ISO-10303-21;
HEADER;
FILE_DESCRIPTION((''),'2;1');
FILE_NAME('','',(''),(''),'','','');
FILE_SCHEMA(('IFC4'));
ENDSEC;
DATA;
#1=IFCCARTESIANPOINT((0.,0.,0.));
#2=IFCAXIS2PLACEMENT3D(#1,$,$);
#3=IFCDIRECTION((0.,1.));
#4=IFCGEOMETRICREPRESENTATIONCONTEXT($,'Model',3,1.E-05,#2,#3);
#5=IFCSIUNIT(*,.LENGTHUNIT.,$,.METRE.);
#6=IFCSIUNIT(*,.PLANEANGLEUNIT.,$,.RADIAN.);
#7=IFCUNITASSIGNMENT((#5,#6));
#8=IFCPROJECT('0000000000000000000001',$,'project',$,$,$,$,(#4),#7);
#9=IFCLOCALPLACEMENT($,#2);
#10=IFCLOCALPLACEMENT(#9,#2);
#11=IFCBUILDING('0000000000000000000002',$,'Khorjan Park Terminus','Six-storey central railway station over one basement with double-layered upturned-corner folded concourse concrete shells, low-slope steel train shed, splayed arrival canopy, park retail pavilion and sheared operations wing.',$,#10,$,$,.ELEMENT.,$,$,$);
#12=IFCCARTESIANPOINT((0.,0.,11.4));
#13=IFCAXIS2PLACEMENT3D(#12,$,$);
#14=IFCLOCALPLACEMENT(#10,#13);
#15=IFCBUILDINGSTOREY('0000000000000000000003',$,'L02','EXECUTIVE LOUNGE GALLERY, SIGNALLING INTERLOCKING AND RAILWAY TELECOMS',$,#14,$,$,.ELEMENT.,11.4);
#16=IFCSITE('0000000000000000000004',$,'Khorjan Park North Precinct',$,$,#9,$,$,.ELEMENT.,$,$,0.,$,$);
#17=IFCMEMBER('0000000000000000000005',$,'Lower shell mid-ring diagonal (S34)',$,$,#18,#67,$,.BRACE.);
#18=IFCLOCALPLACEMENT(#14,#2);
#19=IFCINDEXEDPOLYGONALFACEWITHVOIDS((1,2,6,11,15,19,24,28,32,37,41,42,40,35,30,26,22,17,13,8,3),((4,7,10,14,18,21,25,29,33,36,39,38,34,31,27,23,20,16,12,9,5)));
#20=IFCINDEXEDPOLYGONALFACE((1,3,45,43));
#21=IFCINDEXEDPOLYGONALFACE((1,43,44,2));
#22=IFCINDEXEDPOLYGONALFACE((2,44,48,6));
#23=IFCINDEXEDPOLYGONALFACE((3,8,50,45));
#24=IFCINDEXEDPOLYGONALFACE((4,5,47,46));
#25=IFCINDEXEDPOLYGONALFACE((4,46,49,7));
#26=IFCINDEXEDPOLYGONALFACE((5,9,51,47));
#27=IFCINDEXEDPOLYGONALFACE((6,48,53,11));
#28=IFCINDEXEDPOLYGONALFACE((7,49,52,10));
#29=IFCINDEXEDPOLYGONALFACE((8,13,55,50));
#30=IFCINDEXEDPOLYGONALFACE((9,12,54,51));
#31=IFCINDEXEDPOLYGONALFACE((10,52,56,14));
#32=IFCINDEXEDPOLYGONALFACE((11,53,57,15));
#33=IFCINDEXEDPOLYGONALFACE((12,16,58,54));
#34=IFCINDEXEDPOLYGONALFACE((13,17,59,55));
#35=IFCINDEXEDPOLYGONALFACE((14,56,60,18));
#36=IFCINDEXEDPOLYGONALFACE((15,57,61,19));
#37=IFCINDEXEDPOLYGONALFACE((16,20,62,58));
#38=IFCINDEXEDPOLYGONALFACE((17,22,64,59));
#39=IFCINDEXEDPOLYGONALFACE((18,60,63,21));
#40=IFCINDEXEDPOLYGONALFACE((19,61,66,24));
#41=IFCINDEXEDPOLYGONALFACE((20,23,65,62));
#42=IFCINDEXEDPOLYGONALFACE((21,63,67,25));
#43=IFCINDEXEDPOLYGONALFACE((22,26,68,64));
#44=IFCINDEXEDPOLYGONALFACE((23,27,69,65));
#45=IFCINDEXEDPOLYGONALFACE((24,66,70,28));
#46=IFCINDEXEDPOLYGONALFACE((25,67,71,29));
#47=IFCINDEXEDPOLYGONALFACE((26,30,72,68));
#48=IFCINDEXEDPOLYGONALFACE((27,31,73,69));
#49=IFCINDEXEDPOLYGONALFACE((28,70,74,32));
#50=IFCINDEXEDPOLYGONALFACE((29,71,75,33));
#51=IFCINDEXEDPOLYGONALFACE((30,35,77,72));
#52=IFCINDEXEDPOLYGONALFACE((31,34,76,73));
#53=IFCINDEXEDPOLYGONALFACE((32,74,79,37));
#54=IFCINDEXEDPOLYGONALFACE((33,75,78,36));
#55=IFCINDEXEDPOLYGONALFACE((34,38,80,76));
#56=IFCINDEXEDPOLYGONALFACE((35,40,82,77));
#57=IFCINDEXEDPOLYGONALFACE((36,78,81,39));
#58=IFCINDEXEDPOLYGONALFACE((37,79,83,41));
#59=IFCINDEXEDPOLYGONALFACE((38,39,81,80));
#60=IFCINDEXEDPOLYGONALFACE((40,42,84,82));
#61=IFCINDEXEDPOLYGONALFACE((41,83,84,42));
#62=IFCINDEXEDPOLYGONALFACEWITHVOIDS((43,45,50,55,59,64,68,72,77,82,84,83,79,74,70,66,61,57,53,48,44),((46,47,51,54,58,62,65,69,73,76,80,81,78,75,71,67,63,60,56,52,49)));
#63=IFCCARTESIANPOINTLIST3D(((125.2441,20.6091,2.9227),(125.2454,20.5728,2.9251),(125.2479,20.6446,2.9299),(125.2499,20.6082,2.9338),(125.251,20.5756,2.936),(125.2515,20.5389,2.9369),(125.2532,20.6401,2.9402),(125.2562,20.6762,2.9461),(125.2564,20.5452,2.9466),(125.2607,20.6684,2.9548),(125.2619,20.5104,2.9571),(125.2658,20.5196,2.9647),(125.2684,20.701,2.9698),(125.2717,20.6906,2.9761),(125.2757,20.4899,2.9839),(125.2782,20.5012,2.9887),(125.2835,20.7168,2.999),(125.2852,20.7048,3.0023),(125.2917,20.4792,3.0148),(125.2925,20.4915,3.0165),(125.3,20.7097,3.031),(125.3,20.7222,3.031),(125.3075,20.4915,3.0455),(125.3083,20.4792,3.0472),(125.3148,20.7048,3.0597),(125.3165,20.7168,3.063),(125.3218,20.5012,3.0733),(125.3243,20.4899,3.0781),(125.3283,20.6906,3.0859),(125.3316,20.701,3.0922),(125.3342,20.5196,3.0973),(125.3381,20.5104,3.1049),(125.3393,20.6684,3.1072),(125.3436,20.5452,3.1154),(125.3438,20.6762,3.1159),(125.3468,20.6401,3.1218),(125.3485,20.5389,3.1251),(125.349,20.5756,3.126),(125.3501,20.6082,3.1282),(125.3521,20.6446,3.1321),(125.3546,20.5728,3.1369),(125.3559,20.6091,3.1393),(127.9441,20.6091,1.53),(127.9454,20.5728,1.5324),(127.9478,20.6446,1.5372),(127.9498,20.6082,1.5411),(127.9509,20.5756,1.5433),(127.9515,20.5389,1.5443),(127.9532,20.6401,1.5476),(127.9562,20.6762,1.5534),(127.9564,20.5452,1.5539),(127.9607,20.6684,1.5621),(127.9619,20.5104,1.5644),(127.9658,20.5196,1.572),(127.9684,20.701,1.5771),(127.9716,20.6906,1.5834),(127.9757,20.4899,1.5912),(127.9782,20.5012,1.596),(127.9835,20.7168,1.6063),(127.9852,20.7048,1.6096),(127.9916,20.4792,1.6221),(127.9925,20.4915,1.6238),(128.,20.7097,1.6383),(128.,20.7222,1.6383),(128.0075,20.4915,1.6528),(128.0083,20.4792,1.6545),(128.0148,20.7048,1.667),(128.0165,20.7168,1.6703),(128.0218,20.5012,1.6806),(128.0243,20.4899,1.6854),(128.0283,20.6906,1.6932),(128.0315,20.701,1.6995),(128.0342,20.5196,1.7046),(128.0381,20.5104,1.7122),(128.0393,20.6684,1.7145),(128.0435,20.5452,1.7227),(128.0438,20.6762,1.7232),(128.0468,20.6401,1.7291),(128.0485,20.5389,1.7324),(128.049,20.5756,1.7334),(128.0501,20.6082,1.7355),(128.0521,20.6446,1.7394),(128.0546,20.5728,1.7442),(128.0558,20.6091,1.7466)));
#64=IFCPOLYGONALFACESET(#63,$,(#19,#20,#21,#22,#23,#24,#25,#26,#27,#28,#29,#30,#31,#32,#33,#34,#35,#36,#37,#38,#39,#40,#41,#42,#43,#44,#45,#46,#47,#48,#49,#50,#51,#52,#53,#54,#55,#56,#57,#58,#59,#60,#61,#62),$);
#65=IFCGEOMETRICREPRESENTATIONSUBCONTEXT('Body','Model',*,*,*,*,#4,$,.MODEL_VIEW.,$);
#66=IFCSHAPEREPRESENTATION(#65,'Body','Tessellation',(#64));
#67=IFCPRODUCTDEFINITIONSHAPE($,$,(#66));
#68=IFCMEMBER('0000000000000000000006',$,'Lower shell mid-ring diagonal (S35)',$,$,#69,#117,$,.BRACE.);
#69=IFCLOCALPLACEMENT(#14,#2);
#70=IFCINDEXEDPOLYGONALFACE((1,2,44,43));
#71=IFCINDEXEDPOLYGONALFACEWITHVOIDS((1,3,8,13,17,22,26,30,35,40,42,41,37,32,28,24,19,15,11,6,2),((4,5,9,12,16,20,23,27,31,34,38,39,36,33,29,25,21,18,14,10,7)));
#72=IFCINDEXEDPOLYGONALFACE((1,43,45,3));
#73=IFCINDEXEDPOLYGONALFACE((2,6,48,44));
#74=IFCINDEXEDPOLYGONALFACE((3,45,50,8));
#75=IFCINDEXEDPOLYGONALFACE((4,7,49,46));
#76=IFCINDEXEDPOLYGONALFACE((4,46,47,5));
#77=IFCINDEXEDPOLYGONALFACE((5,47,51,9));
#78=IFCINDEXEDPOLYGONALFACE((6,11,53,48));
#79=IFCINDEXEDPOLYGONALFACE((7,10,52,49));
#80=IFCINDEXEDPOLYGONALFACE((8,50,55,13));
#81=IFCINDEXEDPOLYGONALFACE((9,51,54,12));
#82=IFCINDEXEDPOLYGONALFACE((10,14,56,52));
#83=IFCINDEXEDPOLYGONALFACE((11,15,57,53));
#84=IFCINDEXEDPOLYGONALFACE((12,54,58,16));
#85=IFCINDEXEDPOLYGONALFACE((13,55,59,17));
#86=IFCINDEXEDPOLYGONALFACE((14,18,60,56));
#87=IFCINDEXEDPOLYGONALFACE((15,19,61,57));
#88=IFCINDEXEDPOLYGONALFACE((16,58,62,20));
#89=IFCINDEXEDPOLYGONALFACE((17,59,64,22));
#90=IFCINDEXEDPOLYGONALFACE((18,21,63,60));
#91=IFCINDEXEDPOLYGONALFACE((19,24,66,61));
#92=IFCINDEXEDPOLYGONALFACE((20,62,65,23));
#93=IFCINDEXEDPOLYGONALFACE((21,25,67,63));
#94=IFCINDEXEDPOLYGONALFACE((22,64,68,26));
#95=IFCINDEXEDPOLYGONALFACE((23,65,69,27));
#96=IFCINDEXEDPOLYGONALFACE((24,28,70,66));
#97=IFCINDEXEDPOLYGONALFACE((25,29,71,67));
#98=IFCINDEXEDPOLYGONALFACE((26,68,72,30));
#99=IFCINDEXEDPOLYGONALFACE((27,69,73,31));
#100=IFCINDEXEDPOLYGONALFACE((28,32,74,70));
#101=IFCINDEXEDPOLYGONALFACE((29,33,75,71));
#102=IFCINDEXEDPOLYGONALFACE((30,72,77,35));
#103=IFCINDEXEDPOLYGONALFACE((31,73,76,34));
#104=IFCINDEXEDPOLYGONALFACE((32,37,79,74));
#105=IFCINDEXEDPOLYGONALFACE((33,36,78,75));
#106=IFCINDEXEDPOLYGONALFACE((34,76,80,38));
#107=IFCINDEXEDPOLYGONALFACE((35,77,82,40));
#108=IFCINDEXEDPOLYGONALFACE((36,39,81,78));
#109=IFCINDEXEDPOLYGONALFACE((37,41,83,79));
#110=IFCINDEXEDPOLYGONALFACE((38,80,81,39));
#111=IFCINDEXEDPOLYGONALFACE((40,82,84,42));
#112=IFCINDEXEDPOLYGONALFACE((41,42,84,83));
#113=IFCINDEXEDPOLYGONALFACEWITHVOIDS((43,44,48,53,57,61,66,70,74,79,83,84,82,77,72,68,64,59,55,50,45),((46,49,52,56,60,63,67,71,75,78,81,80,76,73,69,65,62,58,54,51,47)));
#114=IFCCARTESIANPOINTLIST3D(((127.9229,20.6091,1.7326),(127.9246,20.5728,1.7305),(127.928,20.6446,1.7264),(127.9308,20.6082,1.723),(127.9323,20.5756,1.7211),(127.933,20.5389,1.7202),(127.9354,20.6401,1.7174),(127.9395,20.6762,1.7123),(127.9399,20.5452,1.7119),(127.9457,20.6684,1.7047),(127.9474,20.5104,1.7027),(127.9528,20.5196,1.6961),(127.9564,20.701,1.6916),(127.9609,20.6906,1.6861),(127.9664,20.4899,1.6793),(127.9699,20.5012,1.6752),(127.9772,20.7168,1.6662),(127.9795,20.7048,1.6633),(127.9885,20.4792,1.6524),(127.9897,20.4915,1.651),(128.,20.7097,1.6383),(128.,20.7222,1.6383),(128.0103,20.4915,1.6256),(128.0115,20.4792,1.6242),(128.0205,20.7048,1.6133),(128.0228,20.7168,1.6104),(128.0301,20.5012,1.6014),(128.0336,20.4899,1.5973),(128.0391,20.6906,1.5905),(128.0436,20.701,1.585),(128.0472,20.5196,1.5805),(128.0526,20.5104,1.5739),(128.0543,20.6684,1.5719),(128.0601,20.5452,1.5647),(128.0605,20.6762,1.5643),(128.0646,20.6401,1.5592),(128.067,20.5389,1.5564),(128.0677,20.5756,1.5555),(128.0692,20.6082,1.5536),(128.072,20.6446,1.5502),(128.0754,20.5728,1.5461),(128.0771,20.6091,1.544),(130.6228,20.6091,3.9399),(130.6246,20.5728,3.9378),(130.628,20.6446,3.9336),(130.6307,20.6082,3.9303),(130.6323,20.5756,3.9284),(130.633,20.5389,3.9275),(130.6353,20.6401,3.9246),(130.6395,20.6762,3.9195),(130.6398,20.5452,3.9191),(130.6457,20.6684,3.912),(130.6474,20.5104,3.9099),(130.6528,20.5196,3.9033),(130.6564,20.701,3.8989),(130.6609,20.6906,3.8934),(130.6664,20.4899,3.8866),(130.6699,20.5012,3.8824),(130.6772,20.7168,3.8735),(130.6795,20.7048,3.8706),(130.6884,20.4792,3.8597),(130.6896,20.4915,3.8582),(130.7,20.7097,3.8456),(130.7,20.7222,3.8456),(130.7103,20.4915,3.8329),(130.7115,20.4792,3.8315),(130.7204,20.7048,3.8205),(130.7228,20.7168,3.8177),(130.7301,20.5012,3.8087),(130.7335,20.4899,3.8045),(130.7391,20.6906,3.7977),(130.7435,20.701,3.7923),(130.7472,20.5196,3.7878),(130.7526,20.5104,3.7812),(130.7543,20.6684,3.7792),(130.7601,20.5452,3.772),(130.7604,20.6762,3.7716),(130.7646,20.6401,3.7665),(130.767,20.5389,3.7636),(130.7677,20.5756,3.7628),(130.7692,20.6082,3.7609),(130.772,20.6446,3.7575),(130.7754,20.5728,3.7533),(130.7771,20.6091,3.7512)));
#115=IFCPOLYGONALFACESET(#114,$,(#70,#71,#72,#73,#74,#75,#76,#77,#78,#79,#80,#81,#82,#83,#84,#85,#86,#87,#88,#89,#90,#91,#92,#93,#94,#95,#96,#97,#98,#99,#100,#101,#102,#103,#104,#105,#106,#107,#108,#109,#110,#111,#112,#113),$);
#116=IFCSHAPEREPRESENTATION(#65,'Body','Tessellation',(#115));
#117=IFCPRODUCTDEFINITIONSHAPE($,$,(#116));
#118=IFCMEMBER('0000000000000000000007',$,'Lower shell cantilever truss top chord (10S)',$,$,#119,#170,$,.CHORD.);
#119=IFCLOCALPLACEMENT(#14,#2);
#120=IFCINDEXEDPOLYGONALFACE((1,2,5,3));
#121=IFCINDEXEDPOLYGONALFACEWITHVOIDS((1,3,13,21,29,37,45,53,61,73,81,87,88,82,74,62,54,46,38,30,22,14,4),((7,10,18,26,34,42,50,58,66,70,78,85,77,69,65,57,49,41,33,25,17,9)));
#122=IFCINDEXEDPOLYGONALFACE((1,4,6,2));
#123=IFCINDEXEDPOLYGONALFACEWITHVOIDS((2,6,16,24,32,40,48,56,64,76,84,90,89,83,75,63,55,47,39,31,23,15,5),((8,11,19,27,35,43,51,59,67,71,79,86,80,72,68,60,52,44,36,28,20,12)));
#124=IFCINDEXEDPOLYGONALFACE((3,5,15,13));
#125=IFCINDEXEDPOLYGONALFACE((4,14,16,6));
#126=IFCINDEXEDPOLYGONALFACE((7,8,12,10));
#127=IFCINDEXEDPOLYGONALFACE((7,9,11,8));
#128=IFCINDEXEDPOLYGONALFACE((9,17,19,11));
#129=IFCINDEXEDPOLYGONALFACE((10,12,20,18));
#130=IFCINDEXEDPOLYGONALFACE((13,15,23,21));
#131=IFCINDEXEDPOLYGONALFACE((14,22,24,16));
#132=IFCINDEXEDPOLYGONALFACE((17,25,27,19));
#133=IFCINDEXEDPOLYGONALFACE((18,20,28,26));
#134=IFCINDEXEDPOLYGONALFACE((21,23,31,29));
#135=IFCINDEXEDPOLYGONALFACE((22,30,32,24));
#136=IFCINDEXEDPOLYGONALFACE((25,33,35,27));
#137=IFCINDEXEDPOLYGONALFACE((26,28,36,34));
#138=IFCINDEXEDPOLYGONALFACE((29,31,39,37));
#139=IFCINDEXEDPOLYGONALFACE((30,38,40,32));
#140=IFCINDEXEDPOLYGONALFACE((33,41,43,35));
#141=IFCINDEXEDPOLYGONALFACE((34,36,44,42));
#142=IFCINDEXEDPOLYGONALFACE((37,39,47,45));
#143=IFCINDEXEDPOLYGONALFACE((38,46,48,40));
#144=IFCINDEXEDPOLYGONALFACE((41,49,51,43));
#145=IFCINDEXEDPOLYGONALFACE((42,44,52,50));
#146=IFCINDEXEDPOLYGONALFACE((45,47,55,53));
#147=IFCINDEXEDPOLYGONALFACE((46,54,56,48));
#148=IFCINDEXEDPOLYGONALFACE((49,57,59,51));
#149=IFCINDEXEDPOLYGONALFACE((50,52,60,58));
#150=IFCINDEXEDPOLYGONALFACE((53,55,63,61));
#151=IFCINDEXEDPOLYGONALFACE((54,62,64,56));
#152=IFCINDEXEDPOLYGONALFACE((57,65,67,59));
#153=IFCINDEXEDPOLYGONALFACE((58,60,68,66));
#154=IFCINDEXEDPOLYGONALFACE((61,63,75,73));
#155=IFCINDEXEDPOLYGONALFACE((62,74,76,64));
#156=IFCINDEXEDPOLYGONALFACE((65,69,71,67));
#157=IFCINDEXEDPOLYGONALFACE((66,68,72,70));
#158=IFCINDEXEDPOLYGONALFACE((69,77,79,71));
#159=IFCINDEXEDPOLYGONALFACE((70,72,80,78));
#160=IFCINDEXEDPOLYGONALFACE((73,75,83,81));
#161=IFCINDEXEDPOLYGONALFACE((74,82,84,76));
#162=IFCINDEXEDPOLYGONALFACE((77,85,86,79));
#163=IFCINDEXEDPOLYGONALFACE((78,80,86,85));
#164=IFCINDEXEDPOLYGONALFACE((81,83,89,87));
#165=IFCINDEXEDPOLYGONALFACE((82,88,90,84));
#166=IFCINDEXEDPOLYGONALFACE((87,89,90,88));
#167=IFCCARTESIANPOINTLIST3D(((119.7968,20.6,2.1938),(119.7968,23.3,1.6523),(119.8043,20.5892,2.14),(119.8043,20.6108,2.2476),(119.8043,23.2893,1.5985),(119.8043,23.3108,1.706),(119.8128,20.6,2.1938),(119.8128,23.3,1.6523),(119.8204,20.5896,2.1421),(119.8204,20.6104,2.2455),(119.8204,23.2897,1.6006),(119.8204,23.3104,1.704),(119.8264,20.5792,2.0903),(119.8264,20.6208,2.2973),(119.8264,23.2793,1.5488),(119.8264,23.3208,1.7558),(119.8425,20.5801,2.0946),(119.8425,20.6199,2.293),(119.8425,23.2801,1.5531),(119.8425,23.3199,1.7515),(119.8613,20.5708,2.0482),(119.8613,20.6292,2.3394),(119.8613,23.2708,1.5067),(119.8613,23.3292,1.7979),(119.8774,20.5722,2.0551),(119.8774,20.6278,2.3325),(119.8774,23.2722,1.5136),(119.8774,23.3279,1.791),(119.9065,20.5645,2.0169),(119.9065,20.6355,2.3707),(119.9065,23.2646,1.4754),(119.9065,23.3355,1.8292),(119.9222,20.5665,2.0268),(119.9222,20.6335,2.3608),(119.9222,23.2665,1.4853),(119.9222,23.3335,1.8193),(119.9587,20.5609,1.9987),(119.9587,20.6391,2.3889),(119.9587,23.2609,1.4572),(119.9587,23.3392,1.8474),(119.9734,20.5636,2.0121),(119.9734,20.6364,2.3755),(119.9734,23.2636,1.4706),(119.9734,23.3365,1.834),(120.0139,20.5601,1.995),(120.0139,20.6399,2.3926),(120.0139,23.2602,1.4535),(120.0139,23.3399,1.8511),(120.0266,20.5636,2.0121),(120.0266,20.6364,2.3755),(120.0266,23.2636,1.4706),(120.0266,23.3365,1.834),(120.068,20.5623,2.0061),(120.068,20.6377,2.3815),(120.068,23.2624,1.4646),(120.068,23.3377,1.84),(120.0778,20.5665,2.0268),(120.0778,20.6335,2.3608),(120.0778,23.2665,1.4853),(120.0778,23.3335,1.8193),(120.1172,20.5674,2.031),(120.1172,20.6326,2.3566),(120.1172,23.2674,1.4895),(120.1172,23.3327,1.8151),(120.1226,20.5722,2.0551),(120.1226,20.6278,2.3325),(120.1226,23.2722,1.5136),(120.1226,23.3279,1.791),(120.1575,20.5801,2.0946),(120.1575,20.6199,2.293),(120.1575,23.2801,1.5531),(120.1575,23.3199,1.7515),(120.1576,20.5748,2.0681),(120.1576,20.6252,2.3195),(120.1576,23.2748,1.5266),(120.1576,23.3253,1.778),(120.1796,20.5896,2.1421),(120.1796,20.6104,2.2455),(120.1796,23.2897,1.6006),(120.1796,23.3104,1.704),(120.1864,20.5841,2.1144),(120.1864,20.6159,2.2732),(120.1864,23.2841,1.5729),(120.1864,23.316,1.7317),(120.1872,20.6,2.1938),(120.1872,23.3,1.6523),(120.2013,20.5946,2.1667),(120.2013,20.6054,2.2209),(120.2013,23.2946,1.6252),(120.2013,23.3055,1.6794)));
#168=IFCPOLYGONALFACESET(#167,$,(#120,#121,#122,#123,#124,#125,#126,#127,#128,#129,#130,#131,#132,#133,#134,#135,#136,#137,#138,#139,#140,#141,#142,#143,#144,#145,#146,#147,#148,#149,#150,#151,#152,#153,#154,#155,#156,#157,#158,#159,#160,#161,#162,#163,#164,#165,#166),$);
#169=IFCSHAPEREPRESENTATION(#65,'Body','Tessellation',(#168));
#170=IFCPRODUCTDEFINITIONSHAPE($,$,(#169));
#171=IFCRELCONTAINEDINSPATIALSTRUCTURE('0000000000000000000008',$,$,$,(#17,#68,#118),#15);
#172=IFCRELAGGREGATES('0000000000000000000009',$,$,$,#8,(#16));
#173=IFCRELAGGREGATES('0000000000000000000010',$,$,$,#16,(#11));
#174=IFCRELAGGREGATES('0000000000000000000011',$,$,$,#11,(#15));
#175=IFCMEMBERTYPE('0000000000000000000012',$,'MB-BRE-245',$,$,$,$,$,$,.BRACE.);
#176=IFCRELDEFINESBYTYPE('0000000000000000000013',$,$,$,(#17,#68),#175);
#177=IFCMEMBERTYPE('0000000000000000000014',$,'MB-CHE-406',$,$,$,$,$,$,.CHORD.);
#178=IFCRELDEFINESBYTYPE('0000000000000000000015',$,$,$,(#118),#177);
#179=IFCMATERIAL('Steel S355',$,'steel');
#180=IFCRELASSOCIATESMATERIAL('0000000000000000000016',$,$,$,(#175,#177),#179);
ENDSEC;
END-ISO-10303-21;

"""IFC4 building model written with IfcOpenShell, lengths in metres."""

from ifc_helpers import new_model, si_unit, direction, frame, origin, origin_2d, place, context, subcontext, project, spatial, hollow_circle, extrude, material, material_profile, profile_set, type_object, element, save


model = new_model("IFC4")

# Units and contexts
model_context = context("Model", 3, precision=1e-05, world=origin(), true_north=direction((0.0, 1.0)))
body_context = subcontext(model_context, "Body", "Model", "MODEL_VIEW")
ifc_project = project(units=[si_unit("LENGTHUNIT", "METRE"), si_unit("PLANEANGLEUNIT", "RADIAN")], contexts=[model_context])

# Site, building, storey
site_placement = place(None, origin())
site = spatial("IfcSite", under=ifc_project, at=site_placement, Name="Khorjan Park North Precinct", CompositionType="ELEMENT", RefElevation=0.0)
building_placement = place(site_placement, origin())
building = spatial("IfcBuilding", under=site, at=building_placement, Name="Khorjan Park Terminus", Description="Six-storey central railway station over one basement with double-layered upturned-corner folded concourse concrete shells, low-slope steel train shed, splayed arrival canopy, park retail pavilion and sheared operations wing.", CompositionType="ELEMENT")
storey_placement = place(building_placement, frame((0.0, 0.0, 11.4)))
storey = spatial("IfcBuildingStorey", under=building, at=storey_placement, Name="L02", Description="EXECUTIVE LOUNGE GALLERY, SIGNALLING INTERLOCKING AND RAILWAY TELECOMS", CompositionType="ELEMENT", Elevation=11.4)

# Members
ifc_material_1 = material(Name="Steel S355", Category="steel")
ifc_material_profile_1 = material_profile(ifc_material_1, hollow_circle(Radius=0.1222, WallThickness=0.0125, at=origin_2d()), Name="CHS 244.5x12.5")
ifc_profile_set_1 = profile_set([ifc_material_profile_1], Name="Steel S355")
member_type_1 = type_object("IfcMemberType", Name="MB-BRE-245", PredefinedType="BRACE", material=ifc_profile_set_1)
member_1_placement = place(storey_placement, frame((125.3, 20.6, 3.031), z_axis=(0.888734, 0.0, -0.458422), x_axis=(0.0, 1.0, 0.0)))
element("IfcMember", 1, at=member_1_placement, inside=storey, type_object=member_type_1, Name="Lower shell mid-ring diagonal (S34)", PredefinedType="BRACE", context=body_context, shape_type="SweptSolid", body=[
    extrude(hollow_circle(Radius=0.1222, WallThickness=0.0125, at=origin_2d()), origin(), (0.0, 0.0, 1.0), 3.038),
])
member_2_placement = place(storey_placement, frame((128.0, 20.6, 1.6383), z_axis=(0.774209, 0.0, 0.63293), x_axis=(0.0, 1.0, 0.0)))
element("IfcMember", 2, at=member_2_placement, inside=storey, type_object=member_type_1, Name="Lower shell mid-ring diagonal (S35)", PredefinedType="BRACE", context=body_context, shape_type="SweptSolid", body=[
    extrude(hollow_circle(Radius=0.1222, WallThickness=0.0125, at=origin_2d()), origin(), (0.0, 0.0, 1.0), 3.4874),
])
ifc_material_profile_2 = material_profile(ifc_material_1, hollow_circle(Radius=0.2032, WallThickness=0.016, at=origin_2d()), Name="CHS 406.4x16")
ifc_profile_set_2 = profile_set([ifc_material_profile_2], Name="Steel S355")
member_type_2 = type_object("IfcMemberType", Name="MB-CHE-406", PredefinedType="CHORD", material=ifc_profile_set_2)
for number, where, z_axis, x_axis, name in (
    (3, (120.0, 20.6, 2.1938), (0.0, 0.980476, -0.19664), (-1.0, 0.0, 0.0), "Lower shell cantilever truss top chord (10S)"),
):
    element("IfcMember", number, at=place(storey_placement, frame(where, z_axis=z_axis, x_axis=x_axis)), inside=storey, type_object=member_type_2, Name=name, PredefinedType="CHORD", context=body_context, shape_type="SweptSolid", body=[
        extrude(hollow_circle(Radius=0.2032, WallThickness=0.016, at=origin_2d()), origin(), (0.0, 0.0, 1.0), 2.7538),
    ])

save(model, "model.ifc")
